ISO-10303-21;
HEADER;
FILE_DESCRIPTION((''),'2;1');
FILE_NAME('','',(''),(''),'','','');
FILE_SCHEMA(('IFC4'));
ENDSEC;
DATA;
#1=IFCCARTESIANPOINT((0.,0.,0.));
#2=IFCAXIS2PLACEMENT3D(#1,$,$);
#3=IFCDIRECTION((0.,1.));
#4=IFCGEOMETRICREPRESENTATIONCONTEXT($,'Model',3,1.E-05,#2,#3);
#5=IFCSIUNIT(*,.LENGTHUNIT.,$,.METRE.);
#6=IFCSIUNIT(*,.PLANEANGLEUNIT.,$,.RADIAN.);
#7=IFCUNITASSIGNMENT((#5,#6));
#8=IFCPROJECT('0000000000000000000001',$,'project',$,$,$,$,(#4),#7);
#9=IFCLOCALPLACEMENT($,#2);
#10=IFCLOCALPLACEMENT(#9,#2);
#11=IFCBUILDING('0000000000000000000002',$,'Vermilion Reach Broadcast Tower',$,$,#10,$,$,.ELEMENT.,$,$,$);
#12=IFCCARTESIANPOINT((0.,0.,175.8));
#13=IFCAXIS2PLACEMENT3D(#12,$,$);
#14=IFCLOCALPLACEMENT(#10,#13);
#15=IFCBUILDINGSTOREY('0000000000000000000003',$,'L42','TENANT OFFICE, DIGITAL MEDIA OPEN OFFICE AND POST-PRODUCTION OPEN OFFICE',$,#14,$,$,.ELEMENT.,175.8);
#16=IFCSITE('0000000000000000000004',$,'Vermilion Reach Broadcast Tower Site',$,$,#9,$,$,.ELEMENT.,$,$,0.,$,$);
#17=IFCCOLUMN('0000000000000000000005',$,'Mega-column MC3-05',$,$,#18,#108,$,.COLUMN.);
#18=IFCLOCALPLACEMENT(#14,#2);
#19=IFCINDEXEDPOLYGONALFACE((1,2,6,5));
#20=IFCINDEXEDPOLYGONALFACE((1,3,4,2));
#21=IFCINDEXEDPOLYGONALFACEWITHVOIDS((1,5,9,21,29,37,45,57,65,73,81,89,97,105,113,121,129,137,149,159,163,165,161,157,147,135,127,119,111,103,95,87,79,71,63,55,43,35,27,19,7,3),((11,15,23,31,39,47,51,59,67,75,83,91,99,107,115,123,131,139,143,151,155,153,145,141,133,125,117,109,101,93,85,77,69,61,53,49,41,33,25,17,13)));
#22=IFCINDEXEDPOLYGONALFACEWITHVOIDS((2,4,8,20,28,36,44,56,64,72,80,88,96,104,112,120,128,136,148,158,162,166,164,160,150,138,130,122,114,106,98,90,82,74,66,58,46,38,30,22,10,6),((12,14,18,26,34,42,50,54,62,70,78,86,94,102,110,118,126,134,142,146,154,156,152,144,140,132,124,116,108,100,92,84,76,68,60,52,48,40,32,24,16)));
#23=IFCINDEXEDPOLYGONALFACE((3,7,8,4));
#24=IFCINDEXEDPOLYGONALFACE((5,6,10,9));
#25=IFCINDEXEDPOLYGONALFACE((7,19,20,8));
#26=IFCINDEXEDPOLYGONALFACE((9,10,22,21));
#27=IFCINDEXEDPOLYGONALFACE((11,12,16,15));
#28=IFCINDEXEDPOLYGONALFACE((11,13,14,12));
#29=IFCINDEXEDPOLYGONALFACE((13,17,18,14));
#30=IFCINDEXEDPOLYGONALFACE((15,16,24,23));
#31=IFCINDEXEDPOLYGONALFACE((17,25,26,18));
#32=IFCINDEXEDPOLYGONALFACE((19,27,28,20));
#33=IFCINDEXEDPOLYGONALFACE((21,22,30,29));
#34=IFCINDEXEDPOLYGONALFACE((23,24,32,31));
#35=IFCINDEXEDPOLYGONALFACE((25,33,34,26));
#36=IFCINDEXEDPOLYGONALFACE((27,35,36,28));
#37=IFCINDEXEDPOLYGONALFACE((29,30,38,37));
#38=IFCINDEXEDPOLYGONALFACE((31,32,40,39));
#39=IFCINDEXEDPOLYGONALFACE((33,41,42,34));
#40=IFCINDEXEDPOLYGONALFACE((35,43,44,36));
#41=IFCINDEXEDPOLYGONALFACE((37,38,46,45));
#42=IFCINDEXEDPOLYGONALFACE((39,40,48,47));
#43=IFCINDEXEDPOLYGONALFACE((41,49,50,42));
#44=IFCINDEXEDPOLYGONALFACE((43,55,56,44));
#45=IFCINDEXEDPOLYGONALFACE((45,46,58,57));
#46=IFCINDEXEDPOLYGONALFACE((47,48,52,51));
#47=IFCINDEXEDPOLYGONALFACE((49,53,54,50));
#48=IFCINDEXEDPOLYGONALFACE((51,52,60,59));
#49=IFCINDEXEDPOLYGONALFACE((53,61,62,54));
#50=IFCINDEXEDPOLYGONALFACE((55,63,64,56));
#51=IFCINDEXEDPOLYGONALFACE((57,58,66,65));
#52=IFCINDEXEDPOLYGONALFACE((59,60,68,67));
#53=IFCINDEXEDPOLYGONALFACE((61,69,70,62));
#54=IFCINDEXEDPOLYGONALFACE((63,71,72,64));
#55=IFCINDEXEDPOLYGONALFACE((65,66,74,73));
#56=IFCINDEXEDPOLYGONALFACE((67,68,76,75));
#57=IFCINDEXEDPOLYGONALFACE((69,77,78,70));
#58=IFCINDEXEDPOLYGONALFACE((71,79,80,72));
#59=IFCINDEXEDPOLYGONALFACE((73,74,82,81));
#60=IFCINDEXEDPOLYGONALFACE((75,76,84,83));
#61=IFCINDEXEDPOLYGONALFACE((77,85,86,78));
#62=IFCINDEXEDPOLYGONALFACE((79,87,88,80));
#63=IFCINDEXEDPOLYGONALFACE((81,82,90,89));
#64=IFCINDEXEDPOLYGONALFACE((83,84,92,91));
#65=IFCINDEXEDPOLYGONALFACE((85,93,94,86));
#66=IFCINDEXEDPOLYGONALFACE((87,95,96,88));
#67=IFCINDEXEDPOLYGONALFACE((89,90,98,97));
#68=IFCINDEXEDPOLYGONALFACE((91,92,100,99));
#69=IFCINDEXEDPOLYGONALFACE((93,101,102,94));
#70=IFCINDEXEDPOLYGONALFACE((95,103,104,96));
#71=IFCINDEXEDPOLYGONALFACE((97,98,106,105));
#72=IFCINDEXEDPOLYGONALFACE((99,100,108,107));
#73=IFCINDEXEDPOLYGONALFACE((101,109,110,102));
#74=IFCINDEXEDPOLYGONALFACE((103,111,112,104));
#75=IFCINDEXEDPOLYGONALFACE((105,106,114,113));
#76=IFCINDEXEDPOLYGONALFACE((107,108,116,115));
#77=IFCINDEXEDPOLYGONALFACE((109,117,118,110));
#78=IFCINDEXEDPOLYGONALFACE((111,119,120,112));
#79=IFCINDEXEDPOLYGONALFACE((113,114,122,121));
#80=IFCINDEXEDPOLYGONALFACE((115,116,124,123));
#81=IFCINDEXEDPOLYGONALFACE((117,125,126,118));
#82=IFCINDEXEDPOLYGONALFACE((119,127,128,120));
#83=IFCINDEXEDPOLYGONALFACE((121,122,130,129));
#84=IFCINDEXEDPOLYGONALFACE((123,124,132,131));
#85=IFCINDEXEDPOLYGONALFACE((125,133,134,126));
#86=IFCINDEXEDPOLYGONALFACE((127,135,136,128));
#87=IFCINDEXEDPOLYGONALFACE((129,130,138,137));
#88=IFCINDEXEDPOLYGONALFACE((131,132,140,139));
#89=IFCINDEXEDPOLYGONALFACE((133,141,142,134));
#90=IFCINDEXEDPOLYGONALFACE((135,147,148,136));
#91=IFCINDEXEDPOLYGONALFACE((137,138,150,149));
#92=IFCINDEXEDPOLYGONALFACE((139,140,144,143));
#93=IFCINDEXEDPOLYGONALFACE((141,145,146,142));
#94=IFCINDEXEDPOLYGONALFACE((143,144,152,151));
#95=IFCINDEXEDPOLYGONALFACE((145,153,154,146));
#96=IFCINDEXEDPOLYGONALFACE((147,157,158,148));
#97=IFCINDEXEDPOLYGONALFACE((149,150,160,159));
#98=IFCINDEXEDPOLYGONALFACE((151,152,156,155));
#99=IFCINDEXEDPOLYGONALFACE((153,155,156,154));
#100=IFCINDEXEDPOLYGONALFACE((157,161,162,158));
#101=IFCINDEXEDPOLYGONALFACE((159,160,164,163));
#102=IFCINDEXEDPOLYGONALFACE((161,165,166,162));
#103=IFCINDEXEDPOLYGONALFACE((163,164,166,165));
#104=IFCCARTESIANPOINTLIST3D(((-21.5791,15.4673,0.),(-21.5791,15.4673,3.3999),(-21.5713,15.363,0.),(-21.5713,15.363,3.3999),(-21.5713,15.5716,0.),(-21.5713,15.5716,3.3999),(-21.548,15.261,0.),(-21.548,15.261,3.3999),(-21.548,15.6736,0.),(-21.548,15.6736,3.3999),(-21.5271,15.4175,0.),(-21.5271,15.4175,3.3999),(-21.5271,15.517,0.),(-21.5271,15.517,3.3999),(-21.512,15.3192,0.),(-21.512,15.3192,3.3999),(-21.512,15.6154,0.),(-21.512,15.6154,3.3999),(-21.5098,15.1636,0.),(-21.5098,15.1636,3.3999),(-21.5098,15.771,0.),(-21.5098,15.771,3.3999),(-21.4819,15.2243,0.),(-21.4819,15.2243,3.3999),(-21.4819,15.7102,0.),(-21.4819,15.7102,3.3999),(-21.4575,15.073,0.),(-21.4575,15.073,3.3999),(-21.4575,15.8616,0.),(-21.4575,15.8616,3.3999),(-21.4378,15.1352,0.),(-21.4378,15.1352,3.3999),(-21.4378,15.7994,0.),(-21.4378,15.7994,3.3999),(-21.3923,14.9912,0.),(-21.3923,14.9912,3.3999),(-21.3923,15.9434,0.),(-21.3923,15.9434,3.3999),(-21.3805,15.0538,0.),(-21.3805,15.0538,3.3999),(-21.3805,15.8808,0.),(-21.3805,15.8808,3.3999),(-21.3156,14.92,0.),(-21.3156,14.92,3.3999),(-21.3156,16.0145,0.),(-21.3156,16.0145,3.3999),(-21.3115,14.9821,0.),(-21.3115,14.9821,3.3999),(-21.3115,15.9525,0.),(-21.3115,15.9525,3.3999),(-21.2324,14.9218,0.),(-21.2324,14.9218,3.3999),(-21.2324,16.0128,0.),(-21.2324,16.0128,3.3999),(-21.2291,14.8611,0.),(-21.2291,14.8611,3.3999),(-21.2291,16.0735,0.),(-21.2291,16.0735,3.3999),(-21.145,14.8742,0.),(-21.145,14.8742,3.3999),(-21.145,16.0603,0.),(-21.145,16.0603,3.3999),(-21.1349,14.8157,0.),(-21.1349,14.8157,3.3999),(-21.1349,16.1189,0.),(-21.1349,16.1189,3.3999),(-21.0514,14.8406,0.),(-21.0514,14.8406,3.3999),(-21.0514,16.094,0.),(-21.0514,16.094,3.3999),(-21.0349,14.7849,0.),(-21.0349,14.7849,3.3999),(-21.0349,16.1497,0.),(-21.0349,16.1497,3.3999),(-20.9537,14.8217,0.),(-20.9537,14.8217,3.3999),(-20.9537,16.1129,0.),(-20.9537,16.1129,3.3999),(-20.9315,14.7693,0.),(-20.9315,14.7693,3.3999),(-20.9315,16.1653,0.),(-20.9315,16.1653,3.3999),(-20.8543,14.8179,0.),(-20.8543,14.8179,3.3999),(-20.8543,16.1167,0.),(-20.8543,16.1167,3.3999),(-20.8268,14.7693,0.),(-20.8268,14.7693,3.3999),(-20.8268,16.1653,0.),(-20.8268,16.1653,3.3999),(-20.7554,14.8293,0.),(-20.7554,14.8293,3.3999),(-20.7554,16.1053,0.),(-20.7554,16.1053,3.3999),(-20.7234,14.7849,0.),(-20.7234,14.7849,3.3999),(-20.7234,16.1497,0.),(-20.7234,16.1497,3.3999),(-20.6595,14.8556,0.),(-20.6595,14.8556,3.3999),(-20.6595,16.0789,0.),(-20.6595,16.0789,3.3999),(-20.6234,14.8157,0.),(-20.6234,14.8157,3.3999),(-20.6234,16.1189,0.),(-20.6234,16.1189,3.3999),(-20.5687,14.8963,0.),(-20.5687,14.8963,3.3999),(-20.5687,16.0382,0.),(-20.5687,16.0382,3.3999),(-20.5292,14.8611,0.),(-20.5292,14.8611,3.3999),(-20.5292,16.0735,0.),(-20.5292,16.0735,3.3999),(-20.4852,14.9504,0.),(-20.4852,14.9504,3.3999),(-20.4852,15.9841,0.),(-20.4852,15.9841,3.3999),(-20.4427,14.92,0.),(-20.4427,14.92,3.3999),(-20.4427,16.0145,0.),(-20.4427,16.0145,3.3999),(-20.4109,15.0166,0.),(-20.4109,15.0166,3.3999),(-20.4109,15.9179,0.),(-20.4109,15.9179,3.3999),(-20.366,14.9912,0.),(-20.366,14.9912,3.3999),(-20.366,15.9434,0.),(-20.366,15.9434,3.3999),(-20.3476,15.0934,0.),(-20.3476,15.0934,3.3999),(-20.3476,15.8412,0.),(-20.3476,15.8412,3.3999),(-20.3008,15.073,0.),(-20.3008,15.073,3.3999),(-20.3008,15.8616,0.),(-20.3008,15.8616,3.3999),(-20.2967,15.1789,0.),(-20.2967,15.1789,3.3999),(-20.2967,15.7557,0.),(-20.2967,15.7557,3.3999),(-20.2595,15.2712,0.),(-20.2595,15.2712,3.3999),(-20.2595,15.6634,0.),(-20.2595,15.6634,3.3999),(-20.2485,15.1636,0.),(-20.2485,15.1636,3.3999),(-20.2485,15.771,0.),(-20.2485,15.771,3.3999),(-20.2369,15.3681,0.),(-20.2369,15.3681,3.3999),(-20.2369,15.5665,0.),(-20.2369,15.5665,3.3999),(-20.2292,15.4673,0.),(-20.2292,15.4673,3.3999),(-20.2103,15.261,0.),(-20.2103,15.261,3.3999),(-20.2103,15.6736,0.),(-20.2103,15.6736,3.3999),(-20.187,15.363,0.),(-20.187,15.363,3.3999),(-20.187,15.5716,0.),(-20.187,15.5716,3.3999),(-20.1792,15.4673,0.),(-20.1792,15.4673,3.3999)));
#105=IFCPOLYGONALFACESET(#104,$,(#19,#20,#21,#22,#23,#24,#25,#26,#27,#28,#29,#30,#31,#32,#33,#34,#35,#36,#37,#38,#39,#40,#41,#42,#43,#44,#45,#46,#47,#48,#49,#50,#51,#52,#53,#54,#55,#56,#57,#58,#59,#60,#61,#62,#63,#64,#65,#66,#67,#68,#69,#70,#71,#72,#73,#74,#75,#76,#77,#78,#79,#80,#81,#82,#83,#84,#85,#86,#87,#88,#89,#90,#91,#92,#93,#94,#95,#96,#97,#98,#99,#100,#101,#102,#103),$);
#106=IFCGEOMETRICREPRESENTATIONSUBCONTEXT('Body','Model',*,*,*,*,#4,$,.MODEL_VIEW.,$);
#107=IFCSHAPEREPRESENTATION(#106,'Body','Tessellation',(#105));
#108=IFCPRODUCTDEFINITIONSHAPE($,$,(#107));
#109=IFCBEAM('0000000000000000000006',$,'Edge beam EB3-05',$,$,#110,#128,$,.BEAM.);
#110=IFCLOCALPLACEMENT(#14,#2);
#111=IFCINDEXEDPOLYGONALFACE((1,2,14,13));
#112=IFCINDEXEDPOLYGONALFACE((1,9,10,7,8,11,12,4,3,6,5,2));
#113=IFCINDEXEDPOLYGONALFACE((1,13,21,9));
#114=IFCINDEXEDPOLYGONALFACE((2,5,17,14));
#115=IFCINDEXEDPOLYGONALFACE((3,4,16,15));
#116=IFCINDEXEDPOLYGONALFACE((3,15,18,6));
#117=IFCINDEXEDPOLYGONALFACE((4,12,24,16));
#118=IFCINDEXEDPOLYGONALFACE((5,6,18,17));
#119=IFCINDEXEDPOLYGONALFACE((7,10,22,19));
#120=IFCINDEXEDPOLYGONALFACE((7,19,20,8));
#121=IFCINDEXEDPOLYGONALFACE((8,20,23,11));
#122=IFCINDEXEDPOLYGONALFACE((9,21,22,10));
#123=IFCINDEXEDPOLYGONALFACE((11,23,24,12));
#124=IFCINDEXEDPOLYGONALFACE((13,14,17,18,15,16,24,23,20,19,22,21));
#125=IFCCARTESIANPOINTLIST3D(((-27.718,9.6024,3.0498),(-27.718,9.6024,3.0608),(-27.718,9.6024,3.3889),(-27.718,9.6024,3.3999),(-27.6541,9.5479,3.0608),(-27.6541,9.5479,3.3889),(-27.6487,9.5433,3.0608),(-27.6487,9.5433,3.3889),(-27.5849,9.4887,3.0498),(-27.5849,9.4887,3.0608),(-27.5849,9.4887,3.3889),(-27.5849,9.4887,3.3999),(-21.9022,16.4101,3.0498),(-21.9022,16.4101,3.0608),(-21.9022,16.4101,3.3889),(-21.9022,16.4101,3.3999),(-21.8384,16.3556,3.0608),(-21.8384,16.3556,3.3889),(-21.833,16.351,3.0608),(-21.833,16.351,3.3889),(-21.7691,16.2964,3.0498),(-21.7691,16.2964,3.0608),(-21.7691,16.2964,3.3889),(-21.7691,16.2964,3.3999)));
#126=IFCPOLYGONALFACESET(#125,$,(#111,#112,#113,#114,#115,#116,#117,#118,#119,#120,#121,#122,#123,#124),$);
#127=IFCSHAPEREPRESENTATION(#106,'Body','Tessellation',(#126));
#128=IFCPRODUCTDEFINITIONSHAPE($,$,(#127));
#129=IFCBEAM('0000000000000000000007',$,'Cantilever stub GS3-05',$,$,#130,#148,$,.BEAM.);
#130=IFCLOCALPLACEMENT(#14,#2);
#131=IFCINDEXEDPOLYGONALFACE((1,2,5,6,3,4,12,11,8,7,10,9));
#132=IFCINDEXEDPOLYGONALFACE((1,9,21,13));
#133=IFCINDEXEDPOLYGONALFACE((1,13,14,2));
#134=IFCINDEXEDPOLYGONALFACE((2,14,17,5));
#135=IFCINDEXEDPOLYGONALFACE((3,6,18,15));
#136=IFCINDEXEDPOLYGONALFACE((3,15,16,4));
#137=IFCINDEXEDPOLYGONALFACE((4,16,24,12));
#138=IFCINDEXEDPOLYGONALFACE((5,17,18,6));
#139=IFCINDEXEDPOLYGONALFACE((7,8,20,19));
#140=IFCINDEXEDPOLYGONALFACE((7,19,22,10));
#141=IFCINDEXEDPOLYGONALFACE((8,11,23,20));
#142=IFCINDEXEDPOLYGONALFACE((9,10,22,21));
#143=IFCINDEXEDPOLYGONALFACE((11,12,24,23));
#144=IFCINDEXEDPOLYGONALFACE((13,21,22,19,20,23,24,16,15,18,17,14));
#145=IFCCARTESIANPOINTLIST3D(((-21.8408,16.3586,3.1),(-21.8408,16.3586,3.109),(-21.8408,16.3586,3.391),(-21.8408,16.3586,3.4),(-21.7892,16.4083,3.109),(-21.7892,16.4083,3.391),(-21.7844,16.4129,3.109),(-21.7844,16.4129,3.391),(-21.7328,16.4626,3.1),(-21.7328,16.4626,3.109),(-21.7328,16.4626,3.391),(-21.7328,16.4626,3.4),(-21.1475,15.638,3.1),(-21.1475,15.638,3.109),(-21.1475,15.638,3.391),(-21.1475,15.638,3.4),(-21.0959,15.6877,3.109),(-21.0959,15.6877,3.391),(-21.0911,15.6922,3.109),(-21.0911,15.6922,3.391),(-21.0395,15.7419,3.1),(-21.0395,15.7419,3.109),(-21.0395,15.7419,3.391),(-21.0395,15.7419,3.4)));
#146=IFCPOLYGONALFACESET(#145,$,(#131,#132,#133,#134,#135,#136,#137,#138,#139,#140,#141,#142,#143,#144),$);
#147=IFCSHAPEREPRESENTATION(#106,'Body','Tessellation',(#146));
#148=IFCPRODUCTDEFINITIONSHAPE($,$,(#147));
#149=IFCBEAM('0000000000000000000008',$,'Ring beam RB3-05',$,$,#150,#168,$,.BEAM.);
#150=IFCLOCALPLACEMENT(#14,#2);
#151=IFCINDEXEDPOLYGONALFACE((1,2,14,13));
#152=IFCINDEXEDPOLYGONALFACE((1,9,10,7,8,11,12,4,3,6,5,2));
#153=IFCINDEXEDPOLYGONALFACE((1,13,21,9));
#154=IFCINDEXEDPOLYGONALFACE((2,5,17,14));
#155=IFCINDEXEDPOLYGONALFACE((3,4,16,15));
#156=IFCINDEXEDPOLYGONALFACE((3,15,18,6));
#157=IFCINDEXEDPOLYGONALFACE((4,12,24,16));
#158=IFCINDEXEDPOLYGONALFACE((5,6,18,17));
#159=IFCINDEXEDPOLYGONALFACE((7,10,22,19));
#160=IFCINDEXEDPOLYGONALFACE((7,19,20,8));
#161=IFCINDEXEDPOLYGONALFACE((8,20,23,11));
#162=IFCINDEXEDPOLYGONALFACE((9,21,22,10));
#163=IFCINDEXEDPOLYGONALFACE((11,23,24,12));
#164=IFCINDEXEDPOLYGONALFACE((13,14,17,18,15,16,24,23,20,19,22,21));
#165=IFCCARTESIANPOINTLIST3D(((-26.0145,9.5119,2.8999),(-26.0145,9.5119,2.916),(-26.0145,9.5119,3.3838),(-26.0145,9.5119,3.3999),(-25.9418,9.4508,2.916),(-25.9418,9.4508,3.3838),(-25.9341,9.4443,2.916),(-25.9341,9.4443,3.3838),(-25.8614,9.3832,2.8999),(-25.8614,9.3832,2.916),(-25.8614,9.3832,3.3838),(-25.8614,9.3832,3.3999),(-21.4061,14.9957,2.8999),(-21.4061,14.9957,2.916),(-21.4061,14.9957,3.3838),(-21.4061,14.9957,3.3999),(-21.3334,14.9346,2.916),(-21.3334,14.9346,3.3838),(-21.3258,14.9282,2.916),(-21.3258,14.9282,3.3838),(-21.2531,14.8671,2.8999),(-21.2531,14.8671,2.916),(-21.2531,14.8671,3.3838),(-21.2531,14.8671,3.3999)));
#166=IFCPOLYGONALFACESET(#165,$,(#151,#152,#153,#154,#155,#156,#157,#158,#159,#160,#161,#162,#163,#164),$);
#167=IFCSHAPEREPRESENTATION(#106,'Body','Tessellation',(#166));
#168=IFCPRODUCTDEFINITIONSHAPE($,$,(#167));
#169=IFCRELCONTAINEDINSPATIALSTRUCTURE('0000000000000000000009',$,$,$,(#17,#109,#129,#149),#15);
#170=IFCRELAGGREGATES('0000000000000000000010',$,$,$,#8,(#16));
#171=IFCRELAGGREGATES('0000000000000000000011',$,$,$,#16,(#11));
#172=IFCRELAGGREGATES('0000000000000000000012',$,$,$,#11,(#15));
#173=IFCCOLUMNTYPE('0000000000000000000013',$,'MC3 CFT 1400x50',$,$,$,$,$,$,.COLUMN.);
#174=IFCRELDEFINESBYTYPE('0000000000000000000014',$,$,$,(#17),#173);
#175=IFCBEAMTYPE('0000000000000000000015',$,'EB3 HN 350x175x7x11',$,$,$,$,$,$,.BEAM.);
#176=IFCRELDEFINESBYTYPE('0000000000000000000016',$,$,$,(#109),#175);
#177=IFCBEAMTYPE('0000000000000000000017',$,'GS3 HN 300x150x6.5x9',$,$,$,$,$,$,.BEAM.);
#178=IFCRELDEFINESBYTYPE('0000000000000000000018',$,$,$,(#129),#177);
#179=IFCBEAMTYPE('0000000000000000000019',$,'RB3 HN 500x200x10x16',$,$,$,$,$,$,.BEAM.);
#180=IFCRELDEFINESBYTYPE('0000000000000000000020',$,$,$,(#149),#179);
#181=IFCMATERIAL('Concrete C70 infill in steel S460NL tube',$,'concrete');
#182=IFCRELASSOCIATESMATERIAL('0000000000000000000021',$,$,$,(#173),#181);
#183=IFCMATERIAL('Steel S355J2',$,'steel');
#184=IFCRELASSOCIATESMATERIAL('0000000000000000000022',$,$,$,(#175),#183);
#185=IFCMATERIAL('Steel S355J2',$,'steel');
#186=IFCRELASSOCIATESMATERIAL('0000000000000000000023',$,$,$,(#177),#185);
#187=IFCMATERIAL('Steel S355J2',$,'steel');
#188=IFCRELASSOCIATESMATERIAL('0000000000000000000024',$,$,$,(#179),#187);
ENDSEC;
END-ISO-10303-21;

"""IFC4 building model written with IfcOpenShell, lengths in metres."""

from ifc_helpers import new_model, si_unit, direction, frame, origin, origin_2d, place, context, subcontext, project, spatial, hollow_circle, i_section, extrude, material, material_profile, profile_set, type_object, element, save


model = new_model("IFC4")

# Units and contexts
model_context = context("Model", 3, precision=1e-05, world=origin(), true_north=direction((0.0, 1.0)))
body_context = subcontext(model_context, "Body", "Model", "MODEL_VIEW")
ifc_project = project(units=[si_unit("LENGTHUNIT", "METRE"), si_unit("PLANEANGLEUNIT", "RADIAN")], contexts=[model_context])

# Site, building, storey
site_placement = place(None, origin())
site = spatial("IfcSite", under=ifc_project, at=site_placement, Name="Vermilion Reach Broadcast Tower Site", CompositionType="ELEMENT", RefElevation=0.0)
building_placement = place(site_placement, origin())
building = spatial("IfcBuilding", under=site, at=building_placement, Name="Vermilion Reach Broadcast Tower", CompositionType="ELEMENT")
storey_placement = place(building_placement, frame((0.0, 0.0, 175.8)))
storey = spatial("IfcBuildingStorey", under=building, at=storey_placement, Name="L42", Description="TENANT OFFICE, DIGITAL MEDIA OPEN OFFICE AND POST-PRODUCTION OPEN OFFICE", CompositionType="ELEMENT", Elevation=175.8)

# Column
ifc_material_1 = material(Name="Concrete C70 infill in steel S460NL tube", Category="concrete")
ifc_material_profile_1 = material_profile(ifc_material_1, hollow_circle(Radius=0.7, WallThickness=0.05, at=origin_2d()), Name="Concrete C70 infill in steel S460NL tube CFT 1400x50")
ifc_profile_set_1 = profile_set([ifc_material_profile_1], Name="Concrete C70 infill in steel S460NL tube")
column_type = type_object("IfcColumnType", Name="MC3 CFT 1400x50", PredefinedType="COLUMN", material=ifc_profile_set_1)
column_placement = place(storey_placement, frame((-20.8792, 15.4673, 0.0), z_axis=(0.0, 0.0, 1.0), x_axis=(1.0, 0.0, 0.0)))
element("IfcColumn", 1, at=column_placement, inside=storey, type_object=column_type, Name="Mega-column MC3-05", PredefinedType="COLUMN", context=body_context, shape_type="SweptSolid", body=[
    extrude(hollow_circle(Radius=0.7, WallThickness=0.05, at=origin_2d()), origin(), (0.0, 0.0, 1.0), 3.3999),
])

# Beams
ifc_material_2 = material(Name="Steel S355J2", Category="steel")
ifc_material_profile_2 = material_profile(ifc_material_2, i_section(OverallWidth=0.175, OverallDepth=0.3501, WebThickness=0.0071, FlangeThickness=0.011, at=origin_2d()), Name="S355J2 HN 350x175x7x11")
ifc_profile_set_2 = profile_set([ifc_material_profile_2], Name="Steel S355J2")
beam_type_1 = type_object("IfcBeamType", Name="EB3 HN 350x175x7x11", PredefinedType="BEAM", material=ifc_profile_set_2)
beam_1_placement = place(storey_placement, frame((-21.8357, 16.3533, 3.2249), z_axis=(-0.64954, -0.760328, 0.0), x_axis=(0.760328, -0.64954, 0.0)))
element("IfcBeam", 2, at=beam_1_placement, inside=storey, type_object=beam_type_1, Name="Edge beam EB3-05", PredefinedType="BEAM", context=body_context, shape_type="SweptSolid", body=[
    extrude(i_section(OverallWidth=0.175, OverallDepth=0.3501, WebThickness=0.0071, FlangeThickness=0.011, at=origin_2d()), origin(), (0.0, 0.0, 1.0), 8.9536),
])
ifc_material_3 = material(Name="Steel S355J2", Category="steel")
ifc_material_profile_3 = material_profile(ifc_material_3, i_section(OverallWidth=0.1499, OverallDepth=0.3, WebThickness=0.0066, FlangeThickness=0.009, at=origin_2d()), Name="S355J2 HN 300x150x6.5x9")
ifc_profile_set_3 = profile_set([ifc_material_profile_3], Name="Steel S355J2")
beam_type_2 = type_object("IfcBeamType", Name="GS3 HN 300x150x6.5x9", PredefinedType="BEAM", material=ifc_profile_set_3)
beam_2_placement = place(storey_placement, frame((-21.0935, 15.6899, 3.25), z_axis=(-0.693304, 0.720645, 0.0), x_axis=(-0.720645, -0.693304, 0.0)))
element("IfcBeam", 3, at=beam_2_placement, inside=storey, type_object=beam_type_2, Name="Cantilever stub GS3-05", PredefinedType="BEAM", context=body_context, shape_type="SweptSolid", body=[
    extrude(i_section(OverallWidth=0.1499, OverallDepth=0.3, WebThickness=0.0066, FlangeThickness=0.009, at=origin_2d()), origin(), (0.0, 0.0, 1.0), 1.0),
])
ifc_material_4 = material(Name="Steel S355J2", Category="steel")
ifc_material_profile_4 = material_profile(ifc_material_4, i_section(OverallWidth=0.2, OverallDepth=0.5, WebThickness=0.01, FlangeThickness=0.0161, at=origin_2d()), Name="S355J2 HN 500x200x10x16")
ifc_profile_set_4 = profile_set([ifc_material_profile_4], Name="Steel S355J2")
beam_type_3 = type_object("IfcBeamType", Name="RB3 HN 500x200x10x16", PredefinedType="BEAM", material=ifc_profile_set_4)
beam_3_placement = place(storey_placement, frame((-21.3296, 14.9314, 3.1499), z_axis=(-0.64335, -0.765572, 0.0), x_axis=(0.765572, -0.64335, 0.0)))
element("IfcBeam", 4, at=beam_3_placement, inside=storey, type_object=beam_type_3, Name="Ring beam RB3-05", PredefinedType="BEAM", context=body_context, shape_type="SweptSolid", body=[
    extrude(i_section(OverallWidth=0.2, OverallDepth=0.5, WebThickness=0.01, FlangeThickness=0.0161, at=origin_2d()), origin(), (0.0, 0.0, 1.0), 7.1631),
])

save(model, "model.ifc")
